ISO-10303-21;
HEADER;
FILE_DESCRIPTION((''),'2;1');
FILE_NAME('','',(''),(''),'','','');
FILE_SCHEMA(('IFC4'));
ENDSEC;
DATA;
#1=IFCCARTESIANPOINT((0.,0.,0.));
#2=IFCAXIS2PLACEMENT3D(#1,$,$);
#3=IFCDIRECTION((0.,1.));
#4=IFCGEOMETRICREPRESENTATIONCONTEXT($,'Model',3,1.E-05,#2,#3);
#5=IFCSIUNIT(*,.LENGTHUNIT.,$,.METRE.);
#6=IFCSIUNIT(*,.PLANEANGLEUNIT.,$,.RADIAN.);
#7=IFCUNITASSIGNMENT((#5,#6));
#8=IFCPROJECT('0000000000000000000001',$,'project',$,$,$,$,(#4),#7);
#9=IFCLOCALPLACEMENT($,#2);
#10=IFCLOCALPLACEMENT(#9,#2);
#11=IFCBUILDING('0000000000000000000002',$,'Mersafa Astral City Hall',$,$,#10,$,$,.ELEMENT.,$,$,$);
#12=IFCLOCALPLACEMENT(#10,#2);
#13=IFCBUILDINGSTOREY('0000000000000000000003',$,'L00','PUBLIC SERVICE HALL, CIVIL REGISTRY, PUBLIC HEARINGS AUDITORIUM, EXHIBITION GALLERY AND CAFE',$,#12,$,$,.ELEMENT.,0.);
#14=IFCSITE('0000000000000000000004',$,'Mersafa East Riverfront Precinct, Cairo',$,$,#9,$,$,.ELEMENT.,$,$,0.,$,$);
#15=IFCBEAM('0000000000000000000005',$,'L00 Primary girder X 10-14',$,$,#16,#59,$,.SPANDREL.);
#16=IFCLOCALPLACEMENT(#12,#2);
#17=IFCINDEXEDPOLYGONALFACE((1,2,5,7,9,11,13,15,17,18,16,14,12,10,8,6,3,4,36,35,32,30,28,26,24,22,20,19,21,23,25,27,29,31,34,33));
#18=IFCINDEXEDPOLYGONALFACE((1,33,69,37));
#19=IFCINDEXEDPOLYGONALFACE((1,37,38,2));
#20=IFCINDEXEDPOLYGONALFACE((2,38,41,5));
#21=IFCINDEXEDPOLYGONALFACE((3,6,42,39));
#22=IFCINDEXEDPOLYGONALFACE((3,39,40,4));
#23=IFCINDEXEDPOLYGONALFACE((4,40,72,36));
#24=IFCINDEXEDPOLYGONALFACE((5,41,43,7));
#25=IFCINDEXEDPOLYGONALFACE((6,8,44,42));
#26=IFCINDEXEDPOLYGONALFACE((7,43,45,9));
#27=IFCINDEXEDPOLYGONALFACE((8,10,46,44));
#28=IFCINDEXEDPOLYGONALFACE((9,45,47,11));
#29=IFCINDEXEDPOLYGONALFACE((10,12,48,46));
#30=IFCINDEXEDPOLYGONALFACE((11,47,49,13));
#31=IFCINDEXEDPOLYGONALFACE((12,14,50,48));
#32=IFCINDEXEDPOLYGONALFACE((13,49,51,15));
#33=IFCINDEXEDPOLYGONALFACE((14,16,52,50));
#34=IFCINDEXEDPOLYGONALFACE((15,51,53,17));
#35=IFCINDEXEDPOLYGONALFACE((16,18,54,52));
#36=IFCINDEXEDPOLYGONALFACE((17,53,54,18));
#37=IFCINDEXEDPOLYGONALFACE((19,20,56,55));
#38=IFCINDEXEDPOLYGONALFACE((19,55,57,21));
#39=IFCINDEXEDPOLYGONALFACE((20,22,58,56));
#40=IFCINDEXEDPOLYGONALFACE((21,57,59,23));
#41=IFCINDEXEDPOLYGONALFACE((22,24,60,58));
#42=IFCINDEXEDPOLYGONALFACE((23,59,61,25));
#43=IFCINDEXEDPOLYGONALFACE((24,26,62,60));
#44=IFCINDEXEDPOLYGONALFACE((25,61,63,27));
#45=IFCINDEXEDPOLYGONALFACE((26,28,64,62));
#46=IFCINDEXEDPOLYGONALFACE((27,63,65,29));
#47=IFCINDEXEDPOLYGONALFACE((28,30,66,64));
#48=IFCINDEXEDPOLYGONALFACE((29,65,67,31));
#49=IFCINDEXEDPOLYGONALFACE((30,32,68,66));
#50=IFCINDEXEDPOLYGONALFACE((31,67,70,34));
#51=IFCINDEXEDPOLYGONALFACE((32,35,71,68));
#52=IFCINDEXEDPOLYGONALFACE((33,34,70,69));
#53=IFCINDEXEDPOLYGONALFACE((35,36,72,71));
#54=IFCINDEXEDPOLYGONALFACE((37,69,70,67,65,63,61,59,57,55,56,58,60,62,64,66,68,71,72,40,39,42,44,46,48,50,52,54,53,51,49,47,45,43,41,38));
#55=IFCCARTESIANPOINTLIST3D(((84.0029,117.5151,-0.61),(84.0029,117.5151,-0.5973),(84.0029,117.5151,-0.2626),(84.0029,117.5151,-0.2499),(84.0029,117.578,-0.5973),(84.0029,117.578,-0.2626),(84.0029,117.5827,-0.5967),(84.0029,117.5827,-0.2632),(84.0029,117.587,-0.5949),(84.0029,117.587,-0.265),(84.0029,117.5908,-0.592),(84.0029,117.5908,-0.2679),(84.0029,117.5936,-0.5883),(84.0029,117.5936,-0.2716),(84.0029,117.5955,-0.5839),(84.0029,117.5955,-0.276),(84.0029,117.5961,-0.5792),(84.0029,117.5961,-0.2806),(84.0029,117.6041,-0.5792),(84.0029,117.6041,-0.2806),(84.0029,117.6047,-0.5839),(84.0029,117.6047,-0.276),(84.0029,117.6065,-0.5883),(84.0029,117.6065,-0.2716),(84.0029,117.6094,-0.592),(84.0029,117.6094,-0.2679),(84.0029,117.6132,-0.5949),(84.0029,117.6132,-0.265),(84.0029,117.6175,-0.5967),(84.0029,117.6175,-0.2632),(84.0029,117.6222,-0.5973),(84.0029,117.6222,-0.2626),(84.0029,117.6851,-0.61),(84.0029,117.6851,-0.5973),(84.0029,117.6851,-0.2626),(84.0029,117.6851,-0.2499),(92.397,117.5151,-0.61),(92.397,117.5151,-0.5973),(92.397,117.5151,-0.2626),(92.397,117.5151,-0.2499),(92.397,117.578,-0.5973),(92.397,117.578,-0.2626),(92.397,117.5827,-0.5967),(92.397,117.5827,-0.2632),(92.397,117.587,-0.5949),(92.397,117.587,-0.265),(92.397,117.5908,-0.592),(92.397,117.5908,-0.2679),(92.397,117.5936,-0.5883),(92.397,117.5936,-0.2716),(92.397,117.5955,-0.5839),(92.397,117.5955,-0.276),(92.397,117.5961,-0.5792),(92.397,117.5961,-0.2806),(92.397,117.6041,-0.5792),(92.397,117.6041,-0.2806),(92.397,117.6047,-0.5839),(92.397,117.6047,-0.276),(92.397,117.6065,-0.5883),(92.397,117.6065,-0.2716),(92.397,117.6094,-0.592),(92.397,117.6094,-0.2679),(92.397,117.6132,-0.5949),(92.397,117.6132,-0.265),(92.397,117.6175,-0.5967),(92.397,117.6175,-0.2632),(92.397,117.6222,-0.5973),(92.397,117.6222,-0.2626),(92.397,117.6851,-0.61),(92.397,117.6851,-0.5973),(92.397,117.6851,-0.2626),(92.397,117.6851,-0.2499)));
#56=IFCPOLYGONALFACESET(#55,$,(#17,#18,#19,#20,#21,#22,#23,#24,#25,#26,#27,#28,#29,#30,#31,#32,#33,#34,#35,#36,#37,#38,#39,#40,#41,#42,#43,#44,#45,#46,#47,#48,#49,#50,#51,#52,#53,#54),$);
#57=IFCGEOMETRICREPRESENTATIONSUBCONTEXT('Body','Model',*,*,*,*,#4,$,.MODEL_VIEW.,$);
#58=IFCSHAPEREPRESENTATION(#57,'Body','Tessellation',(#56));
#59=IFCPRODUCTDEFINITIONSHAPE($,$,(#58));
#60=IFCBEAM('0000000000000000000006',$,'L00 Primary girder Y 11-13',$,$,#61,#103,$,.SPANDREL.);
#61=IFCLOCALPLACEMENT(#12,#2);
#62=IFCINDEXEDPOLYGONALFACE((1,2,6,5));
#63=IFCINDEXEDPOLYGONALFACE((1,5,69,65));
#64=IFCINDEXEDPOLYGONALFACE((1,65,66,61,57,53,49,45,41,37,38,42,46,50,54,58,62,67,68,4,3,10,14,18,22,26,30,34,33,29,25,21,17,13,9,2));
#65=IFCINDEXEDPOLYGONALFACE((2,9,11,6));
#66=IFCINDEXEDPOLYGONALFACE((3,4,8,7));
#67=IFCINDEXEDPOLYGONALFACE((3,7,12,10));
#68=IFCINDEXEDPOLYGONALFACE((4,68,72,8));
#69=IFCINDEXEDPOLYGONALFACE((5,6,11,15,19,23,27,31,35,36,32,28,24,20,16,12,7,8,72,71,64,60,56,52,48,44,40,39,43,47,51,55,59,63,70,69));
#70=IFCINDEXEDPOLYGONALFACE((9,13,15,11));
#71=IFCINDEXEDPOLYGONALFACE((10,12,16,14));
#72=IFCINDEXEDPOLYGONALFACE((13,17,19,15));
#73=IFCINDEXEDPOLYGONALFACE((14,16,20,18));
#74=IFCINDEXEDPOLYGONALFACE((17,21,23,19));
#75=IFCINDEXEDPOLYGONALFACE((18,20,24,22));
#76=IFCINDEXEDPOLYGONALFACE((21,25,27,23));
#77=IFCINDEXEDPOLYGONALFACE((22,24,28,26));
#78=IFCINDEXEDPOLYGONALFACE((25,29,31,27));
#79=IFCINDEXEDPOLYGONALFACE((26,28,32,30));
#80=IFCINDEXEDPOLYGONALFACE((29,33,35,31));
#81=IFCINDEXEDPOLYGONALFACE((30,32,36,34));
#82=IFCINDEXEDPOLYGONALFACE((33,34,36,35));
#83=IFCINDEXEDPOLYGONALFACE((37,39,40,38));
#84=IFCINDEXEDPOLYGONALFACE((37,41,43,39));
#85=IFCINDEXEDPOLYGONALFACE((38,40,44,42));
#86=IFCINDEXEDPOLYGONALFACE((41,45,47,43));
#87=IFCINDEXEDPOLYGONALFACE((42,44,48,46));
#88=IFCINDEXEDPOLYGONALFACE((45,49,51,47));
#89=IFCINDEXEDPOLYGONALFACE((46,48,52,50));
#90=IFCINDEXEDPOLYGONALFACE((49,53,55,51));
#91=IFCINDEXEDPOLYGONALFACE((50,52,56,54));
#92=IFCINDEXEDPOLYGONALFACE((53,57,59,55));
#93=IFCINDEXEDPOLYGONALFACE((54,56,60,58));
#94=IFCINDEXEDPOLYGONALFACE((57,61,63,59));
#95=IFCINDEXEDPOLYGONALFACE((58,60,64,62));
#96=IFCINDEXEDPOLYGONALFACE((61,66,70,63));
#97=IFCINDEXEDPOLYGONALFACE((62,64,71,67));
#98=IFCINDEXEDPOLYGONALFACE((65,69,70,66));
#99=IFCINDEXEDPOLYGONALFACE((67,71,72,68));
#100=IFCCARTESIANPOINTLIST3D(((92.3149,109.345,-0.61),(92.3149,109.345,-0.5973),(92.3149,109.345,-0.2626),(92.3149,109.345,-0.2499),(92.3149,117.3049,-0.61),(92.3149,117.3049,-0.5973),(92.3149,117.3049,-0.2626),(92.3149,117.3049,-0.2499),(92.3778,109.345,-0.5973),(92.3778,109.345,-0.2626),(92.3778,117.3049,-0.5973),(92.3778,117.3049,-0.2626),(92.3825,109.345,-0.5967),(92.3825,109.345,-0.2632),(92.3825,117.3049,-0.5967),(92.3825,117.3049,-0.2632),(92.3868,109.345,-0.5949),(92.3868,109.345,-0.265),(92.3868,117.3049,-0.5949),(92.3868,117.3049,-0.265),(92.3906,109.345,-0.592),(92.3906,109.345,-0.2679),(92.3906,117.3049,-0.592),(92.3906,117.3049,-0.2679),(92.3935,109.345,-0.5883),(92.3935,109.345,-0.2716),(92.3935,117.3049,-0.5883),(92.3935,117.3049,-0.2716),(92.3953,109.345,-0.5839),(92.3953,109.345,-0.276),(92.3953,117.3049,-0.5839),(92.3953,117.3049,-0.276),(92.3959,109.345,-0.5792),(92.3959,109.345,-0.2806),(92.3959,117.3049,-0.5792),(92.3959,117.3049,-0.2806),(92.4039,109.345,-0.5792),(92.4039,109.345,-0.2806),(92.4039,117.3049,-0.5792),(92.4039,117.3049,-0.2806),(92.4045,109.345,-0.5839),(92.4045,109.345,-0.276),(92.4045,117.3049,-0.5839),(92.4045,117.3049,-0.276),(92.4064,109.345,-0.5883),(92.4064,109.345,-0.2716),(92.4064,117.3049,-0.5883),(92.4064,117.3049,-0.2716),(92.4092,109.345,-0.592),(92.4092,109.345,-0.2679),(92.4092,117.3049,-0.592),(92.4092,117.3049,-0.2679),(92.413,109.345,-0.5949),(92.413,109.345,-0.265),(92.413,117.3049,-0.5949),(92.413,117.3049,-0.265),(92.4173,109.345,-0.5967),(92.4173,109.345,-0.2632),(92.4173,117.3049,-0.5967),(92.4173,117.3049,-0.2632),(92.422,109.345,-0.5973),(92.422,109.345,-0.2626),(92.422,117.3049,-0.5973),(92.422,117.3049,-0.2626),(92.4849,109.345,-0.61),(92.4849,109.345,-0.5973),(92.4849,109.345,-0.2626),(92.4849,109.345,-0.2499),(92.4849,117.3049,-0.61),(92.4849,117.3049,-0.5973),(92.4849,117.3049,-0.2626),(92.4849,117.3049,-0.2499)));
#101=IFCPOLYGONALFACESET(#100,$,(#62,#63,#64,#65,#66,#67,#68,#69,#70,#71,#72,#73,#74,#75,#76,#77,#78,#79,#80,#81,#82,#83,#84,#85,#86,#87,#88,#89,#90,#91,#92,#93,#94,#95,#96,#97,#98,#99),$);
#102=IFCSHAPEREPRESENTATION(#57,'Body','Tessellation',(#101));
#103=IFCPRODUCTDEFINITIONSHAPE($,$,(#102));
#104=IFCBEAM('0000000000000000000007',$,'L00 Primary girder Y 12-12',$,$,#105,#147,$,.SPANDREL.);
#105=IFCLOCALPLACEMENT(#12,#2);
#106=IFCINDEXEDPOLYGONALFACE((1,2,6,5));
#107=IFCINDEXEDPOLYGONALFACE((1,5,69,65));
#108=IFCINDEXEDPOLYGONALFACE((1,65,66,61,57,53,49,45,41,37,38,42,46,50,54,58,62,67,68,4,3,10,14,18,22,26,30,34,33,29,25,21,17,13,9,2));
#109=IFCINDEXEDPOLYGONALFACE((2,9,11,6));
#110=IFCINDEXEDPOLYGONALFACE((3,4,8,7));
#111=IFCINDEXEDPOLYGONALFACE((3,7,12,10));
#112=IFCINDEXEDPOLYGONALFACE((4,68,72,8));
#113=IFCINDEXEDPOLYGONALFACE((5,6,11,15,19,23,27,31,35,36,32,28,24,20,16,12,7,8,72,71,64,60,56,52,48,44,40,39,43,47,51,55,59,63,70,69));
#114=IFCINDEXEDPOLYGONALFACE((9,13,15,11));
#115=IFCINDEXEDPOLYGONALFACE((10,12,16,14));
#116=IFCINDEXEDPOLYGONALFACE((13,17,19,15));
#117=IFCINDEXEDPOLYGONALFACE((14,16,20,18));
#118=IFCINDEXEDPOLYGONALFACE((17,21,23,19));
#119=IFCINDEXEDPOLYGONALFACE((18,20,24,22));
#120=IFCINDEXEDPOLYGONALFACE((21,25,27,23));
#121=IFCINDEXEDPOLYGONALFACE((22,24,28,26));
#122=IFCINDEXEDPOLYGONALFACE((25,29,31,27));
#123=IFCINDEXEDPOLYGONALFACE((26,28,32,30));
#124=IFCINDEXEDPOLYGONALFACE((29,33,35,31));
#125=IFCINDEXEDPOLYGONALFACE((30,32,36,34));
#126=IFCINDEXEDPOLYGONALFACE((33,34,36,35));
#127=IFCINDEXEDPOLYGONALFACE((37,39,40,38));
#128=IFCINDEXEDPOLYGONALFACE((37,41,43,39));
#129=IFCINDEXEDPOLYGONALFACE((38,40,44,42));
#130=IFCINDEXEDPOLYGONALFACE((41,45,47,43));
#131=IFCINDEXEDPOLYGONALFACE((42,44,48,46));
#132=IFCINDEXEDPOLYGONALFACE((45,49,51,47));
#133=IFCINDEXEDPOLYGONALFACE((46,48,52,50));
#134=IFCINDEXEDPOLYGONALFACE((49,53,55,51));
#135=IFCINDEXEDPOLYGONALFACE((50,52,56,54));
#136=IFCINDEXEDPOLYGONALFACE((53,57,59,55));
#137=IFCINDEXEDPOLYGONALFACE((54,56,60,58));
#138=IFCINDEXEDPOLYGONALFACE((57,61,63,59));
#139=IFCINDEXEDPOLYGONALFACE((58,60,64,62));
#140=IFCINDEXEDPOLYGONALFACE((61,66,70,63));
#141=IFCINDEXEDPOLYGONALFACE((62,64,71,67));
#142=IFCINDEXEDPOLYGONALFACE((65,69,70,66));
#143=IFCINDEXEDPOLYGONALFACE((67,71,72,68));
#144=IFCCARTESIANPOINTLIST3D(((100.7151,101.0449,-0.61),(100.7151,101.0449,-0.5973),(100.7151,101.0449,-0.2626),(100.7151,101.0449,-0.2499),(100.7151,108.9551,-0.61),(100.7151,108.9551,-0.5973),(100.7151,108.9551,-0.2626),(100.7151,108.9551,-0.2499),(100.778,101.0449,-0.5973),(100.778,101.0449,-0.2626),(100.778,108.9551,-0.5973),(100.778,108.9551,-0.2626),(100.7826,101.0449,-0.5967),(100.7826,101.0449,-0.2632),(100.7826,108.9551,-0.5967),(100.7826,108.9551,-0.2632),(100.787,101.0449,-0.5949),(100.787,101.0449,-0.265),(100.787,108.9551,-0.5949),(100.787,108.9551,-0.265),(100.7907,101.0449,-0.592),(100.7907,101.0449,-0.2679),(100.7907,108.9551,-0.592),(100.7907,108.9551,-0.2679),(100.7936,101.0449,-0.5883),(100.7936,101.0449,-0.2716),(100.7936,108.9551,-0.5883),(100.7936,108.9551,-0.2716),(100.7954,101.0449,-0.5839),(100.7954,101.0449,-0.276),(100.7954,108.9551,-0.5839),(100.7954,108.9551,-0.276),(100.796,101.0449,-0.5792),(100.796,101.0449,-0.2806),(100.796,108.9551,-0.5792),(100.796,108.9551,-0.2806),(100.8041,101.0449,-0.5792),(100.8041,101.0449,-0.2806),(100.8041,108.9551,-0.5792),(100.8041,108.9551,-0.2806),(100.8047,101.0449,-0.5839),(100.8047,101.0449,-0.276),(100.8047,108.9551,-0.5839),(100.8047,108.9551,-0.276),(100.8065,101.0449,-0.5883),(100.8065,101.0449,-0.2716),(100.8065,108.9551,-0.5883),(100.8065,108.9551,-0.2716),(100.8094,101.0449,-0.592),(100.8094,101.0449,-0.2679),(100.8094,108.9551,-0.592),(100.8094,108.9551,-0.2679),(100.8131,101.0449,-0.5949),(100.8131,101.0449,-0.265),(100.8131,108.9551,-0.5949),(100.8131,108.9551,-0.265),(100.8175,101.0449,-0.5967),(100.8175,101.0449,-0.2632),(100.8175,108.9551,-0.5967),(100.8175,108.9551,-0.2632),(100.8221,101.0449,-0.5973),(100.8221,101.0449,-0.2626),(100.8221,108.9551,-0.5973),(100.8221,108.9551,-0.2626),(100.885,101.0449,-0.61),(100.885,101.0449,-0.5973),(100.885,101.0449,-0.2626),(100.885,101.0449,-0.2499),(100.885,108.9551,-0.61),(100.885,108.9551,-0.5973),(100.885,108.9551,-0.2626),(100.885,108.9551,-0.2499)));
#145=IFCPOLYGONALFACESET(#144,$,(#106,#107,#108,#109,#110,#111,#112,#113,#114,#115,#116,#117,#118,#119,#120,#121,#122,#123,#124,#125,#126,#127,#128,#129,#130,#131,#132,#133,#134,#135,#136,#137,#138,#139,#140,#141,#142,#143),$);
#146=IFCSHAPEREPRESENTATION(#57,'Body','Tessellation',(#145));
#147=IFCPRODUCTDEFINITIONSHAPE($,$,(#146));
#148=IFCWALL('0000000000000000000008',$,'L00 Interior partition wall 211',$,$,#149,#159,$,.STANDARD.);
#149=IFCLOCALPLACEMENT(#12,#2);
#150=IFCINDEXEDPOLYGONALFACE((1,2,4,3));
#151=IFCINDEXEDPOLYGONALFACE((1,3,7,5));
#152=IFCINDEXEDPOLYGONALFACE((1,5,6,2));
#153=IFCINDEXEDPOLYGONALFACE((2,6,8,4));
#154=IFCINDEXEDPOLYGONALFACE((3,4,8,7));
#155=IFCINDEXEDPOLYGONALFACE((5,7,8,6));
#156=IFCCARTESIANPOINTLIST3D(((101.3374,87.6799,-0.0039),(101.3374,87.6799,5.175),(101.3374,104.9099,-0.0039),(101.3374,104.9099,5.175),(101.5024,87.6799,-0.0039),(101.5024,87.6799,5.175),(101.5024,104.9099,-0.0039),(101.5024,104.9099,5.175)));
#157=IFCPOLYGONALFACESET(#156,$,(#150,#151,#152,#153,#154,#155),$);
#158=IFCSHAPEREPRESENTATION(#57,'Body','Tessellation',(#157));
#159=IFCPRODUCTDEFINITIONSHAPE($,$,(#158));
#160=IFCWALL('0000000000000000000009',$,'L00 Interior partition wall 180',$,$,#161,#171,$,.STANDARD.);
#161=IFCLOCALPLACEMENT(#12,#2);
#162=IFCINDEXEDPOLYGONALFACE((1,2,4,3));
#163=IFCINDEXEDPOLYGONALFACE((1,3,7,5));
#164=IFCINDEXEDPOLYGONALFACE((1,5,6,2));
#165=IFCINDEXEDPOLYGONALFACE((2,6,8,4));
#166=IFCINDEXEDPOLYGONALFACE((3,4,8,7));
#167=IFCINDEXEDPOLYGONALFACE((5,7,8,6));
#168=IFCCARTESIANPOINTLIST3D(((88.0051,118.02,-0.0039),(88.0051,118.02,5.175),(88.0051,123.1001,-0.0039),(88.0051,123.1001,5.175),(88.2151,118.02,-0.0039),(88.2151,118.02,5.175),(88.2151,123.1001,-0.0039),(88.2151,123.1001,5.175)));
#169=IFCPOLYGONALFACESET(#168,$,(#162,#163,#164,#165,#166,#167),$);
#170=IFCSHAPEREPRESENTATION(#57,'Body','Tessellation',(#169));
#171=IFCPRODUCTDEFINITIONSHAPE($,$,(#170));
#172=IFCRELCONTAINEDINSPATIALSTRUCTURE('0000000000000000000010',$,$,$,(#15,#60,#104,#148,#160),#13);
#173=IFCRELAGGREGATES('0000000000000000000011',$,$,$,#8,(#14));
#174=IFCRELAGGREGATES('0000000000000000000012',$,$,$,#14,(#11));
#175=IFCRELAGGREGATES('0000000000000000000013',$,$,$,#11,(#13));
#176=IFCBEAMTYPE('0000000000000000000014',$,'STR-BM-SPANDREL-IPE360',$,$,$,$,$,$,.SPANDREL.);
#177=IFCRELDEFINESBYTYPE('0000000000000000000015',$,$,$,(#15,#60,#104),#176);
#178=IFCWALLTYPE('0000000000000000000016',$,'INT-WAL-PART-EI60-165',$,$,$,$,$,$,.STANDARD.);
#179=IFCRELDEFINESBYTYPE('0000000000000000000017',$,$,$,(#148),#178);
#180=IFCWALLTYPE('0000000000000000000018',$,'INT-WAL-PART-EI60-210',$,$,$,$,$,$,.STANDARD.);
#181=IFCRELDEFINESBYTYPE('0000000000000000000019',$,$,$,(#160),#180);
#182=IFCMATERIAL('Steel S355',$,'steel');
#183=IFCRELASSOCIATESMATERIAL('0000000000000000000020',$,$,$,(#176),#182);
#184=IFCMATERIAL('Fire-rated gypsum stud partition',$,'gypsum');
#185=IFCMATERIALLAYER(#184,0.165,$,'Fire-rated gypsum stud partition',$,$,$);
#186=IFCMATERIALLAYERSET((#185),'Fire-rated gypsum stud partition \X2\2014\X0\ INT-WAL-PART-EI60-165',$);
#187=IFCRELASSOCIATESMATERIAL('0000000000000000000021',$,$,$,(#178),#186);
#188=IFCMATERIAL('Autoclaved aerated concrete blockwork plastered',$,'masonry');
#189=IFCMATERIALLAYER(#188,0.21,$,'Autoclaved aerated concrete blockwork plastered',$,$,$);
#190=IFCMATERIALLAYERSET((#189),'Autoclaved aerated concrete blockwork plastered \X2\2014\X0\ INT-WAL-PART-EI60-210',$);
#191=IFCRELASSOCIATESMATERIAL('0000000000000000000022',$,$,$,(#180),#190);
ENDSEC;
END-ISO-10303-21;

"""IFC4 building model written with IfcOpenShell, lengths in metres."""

from ifc_helpers import new_model, si_unit, direction, frame, frame_2d, origin, origin_2d, place, context, subcontext, project, spatial, rectangle, i_section, extrude, material, layer, layer_set, material_profile, profile_set, type_object, element, save


model = new_model("IFC4")

# Units and contexts
model_context = context("Model", 3, precision=1e-05, world=origin(), true_north=direction((0.0, 1.0)))
body_context = subcontext(model_context, "Body", "Model", "MODEL_VIEW")
ifc_project = project(units=[si_unit("LENGTHUNIT", "METRE"), si_unit("PLANEANGLEUNIT", "RADIAN")], contexts=[model_context])

# Site, building, storey
site_placement = place(None, origin())
site = spatial("IfcSite", under=ifc_project, at=site_placement, Name="Mersafa East Riverfront Precinct, Cairo", CompositionType="ELEMENT", RefElevation=0.0)
building_placement = place(site_placement, origin())
building = spatial("IfcBuilding", under=site, at=building_placement, Name="Mersafa Astral City Hall", CompositionType="ELEMENT")
storey_placement = place(building_placement, origin())
storey = spatial("IfcBuildingStorey", under=building, at=storey_placement, Name="L00", Description="PUBLIC SERVICE HALL, CIVIL REGISTRY, PUBLIC HEARINGS AUDITORIUM, EXHIBITION GALLERY AND CAFE", CompositionType="ELEMENT", Elevation=0.0)

# Shared definitions
ifc_material_1 = material(Name="Steel S355", Category="steel")

# Beams
ifc_material_profile_1 = material_profile(ifc_material_1, i_section(OverallWidth=0.1699, OverallDepth=0.3601, WebThickness=0.0081, FlangeThickness=0.0127, FilletRadius=0.0181, at=origin_2d()), Name="IPE 360")
ifc_profile_set_1 = profile_set([ifc_material_profile_1], Name="Steel S355")
beam_type_1 = type_object("IfcBeamType", Name="STR-BM-SPANDREL-IPE360", PredefinedType="SPANDREL", material=ifc_profile_set_1)
for number, where, z_axis, x_axis, name in (
    (1, (84.0029, 117.6001, -0.4299), (1.0, 0.0, 0.0), (0.0, 1.0, 0.0), "L00 Primary girder X 10-14"),
):
    element("IfcBeam", number, at=place(storey_placement, frame(where, z_axis=z_axis, x_axis=x_axis)), inside=storey, type_object=beam_type_1, Name=name, PredefinedType="SPANDREL", context=body_context, shape_type="SweptSolid", body=[
        extrude(i_section(OverallWidth=0.1699, OverallDepth=0.3601, WebThickness=0.0081, FlangeThickness=0.0127, FilletRadius=0.0181, at=origin_2d()), origin(), (0.0, 0.0, 1.0), 8.394),
    ])
beam_1_placement = place(storey_placement, frame((92.3999, 109.345, -0.4299), z_axis=(0.0, 1.0, 0.0), x_axis=(-1.0, 0.0, 0.0)))
element("IfcBeam", 2, at=beam_1_placement, inside=storey, type_object=beam_type_1, Name="L00 Primary girder Y 11-13", PredefinedType="SPANDREL", context=body_context, shape_type="SweptSolid", body=[
    extrude(i_section(OverallWidth=0.1699, OverallDepth=0.3601, WebThickness=0.0081, FlangeThickness=0.0127, FilletRadius=0.0181, at=origin_2d()), origin(), (0.0, 0.0, 1.0), 7.96),
])
beam_2_placement = place(storey_placement, frame((100.8, 101.0449, -0.4299), z_axis=(0.0, 1.0, 0.0), x_axis=(-1.0, 0.0, 0.0)))
element("IfcBeam", 3, at=beam_2_placement, inside=storey, type_object=beam_type_1, Name="L00 Primary girder Y 12-12", PredefinedType="SPANDREL", context=body_context, shape_type="SweptSolid", body=[
    extrude(i_section(OverallWidth=0.1699, OverallDepth=0.3601, WebThickness=0.0081, FlangeThickness=0.0127, FilletRadius=0.0181, at=origin_2d()), origin(), (0.0, 0.0, 1.0), 7.9102),
])

# Walls
ifc_material_2 = material(Name="Fire-rated gypsum stud partition", Category="gypsum")
ifc_layer_1 = layer(ifc_material_2, 0.165, Name="Fire-rated gypsum stud partition")
ifc_layer_set_1 = layer_set([ifc_layer_1], Name="Fire-rated gypsum stud partition — INT-WAL-PART-EI60-165")
wall_type_1 = type_object("IfcWallType", Name="INT-WAL-PART-EI60-165", PredefinedType="STANDARD", material=ifc_layer_set_1)
wall_1_placement = place(storey_placement, frame((101.4199, 104.9099, -0.0039), z_axis=(0.0, 0.0, 1.0), x_axis=(0.0, -1.0, 0.0)))
element("IfcWall", 4, at=wall_1_placement, inside=storey, type_object=wall_type_1, Name="L00 Interior partition wall 211", PredefinedType="STANDARD", context=body_context, shape_type="SweptSolid", body=[
    extrude(rectangle(XDim=17.23, YDim=0.165, at=frame_2d((8.615, 0.0))), origin(), (0.0, 0.0, 1.0), 5.179),
])
ifc_material_3 = material(Name="Autoclaved aerated concrete blockwork plastered", Category="masonry")
ifc_layer_2 = layer(ifc_material_3, 0.21, Name="Autoclaved aerated concrete blockwork plastered")
ifc_layer_set_2 = layer_set([ifc_layer_2], Name="Autoclaved aerated concrete blockwork plastered — INT-WAL-PART-EI60-210")
wall_type_2 = type_object("IfcWallType", Name="INT-WAL-PART-EI60-210", PredefinedType="STANDARD", material=ifc_layer_set_2)
wall_2_placement = place(storey_placement, frame((88.1101, 123.1001, -0.0039), z_axis=(0.0, 0.0, 1.0), x_axis=(0.0, -1.0, 0.0)))
element("IfcWall", 5, at=wall_2_placement, inside=storey, type_object=wall_type_2, Name="L00 Interior partition wall 180", PredefinedType="STANDARD", context=body_context, shape_type="SweptSolid", body=[
    extrude(rectangle(XDim=5.0801, YDim=0.21, at=frame_2d((2.54, 0.0))), origin(), (0.0, 0.0, 1.0), 5.179),
])

save(model, "model.ifc")
